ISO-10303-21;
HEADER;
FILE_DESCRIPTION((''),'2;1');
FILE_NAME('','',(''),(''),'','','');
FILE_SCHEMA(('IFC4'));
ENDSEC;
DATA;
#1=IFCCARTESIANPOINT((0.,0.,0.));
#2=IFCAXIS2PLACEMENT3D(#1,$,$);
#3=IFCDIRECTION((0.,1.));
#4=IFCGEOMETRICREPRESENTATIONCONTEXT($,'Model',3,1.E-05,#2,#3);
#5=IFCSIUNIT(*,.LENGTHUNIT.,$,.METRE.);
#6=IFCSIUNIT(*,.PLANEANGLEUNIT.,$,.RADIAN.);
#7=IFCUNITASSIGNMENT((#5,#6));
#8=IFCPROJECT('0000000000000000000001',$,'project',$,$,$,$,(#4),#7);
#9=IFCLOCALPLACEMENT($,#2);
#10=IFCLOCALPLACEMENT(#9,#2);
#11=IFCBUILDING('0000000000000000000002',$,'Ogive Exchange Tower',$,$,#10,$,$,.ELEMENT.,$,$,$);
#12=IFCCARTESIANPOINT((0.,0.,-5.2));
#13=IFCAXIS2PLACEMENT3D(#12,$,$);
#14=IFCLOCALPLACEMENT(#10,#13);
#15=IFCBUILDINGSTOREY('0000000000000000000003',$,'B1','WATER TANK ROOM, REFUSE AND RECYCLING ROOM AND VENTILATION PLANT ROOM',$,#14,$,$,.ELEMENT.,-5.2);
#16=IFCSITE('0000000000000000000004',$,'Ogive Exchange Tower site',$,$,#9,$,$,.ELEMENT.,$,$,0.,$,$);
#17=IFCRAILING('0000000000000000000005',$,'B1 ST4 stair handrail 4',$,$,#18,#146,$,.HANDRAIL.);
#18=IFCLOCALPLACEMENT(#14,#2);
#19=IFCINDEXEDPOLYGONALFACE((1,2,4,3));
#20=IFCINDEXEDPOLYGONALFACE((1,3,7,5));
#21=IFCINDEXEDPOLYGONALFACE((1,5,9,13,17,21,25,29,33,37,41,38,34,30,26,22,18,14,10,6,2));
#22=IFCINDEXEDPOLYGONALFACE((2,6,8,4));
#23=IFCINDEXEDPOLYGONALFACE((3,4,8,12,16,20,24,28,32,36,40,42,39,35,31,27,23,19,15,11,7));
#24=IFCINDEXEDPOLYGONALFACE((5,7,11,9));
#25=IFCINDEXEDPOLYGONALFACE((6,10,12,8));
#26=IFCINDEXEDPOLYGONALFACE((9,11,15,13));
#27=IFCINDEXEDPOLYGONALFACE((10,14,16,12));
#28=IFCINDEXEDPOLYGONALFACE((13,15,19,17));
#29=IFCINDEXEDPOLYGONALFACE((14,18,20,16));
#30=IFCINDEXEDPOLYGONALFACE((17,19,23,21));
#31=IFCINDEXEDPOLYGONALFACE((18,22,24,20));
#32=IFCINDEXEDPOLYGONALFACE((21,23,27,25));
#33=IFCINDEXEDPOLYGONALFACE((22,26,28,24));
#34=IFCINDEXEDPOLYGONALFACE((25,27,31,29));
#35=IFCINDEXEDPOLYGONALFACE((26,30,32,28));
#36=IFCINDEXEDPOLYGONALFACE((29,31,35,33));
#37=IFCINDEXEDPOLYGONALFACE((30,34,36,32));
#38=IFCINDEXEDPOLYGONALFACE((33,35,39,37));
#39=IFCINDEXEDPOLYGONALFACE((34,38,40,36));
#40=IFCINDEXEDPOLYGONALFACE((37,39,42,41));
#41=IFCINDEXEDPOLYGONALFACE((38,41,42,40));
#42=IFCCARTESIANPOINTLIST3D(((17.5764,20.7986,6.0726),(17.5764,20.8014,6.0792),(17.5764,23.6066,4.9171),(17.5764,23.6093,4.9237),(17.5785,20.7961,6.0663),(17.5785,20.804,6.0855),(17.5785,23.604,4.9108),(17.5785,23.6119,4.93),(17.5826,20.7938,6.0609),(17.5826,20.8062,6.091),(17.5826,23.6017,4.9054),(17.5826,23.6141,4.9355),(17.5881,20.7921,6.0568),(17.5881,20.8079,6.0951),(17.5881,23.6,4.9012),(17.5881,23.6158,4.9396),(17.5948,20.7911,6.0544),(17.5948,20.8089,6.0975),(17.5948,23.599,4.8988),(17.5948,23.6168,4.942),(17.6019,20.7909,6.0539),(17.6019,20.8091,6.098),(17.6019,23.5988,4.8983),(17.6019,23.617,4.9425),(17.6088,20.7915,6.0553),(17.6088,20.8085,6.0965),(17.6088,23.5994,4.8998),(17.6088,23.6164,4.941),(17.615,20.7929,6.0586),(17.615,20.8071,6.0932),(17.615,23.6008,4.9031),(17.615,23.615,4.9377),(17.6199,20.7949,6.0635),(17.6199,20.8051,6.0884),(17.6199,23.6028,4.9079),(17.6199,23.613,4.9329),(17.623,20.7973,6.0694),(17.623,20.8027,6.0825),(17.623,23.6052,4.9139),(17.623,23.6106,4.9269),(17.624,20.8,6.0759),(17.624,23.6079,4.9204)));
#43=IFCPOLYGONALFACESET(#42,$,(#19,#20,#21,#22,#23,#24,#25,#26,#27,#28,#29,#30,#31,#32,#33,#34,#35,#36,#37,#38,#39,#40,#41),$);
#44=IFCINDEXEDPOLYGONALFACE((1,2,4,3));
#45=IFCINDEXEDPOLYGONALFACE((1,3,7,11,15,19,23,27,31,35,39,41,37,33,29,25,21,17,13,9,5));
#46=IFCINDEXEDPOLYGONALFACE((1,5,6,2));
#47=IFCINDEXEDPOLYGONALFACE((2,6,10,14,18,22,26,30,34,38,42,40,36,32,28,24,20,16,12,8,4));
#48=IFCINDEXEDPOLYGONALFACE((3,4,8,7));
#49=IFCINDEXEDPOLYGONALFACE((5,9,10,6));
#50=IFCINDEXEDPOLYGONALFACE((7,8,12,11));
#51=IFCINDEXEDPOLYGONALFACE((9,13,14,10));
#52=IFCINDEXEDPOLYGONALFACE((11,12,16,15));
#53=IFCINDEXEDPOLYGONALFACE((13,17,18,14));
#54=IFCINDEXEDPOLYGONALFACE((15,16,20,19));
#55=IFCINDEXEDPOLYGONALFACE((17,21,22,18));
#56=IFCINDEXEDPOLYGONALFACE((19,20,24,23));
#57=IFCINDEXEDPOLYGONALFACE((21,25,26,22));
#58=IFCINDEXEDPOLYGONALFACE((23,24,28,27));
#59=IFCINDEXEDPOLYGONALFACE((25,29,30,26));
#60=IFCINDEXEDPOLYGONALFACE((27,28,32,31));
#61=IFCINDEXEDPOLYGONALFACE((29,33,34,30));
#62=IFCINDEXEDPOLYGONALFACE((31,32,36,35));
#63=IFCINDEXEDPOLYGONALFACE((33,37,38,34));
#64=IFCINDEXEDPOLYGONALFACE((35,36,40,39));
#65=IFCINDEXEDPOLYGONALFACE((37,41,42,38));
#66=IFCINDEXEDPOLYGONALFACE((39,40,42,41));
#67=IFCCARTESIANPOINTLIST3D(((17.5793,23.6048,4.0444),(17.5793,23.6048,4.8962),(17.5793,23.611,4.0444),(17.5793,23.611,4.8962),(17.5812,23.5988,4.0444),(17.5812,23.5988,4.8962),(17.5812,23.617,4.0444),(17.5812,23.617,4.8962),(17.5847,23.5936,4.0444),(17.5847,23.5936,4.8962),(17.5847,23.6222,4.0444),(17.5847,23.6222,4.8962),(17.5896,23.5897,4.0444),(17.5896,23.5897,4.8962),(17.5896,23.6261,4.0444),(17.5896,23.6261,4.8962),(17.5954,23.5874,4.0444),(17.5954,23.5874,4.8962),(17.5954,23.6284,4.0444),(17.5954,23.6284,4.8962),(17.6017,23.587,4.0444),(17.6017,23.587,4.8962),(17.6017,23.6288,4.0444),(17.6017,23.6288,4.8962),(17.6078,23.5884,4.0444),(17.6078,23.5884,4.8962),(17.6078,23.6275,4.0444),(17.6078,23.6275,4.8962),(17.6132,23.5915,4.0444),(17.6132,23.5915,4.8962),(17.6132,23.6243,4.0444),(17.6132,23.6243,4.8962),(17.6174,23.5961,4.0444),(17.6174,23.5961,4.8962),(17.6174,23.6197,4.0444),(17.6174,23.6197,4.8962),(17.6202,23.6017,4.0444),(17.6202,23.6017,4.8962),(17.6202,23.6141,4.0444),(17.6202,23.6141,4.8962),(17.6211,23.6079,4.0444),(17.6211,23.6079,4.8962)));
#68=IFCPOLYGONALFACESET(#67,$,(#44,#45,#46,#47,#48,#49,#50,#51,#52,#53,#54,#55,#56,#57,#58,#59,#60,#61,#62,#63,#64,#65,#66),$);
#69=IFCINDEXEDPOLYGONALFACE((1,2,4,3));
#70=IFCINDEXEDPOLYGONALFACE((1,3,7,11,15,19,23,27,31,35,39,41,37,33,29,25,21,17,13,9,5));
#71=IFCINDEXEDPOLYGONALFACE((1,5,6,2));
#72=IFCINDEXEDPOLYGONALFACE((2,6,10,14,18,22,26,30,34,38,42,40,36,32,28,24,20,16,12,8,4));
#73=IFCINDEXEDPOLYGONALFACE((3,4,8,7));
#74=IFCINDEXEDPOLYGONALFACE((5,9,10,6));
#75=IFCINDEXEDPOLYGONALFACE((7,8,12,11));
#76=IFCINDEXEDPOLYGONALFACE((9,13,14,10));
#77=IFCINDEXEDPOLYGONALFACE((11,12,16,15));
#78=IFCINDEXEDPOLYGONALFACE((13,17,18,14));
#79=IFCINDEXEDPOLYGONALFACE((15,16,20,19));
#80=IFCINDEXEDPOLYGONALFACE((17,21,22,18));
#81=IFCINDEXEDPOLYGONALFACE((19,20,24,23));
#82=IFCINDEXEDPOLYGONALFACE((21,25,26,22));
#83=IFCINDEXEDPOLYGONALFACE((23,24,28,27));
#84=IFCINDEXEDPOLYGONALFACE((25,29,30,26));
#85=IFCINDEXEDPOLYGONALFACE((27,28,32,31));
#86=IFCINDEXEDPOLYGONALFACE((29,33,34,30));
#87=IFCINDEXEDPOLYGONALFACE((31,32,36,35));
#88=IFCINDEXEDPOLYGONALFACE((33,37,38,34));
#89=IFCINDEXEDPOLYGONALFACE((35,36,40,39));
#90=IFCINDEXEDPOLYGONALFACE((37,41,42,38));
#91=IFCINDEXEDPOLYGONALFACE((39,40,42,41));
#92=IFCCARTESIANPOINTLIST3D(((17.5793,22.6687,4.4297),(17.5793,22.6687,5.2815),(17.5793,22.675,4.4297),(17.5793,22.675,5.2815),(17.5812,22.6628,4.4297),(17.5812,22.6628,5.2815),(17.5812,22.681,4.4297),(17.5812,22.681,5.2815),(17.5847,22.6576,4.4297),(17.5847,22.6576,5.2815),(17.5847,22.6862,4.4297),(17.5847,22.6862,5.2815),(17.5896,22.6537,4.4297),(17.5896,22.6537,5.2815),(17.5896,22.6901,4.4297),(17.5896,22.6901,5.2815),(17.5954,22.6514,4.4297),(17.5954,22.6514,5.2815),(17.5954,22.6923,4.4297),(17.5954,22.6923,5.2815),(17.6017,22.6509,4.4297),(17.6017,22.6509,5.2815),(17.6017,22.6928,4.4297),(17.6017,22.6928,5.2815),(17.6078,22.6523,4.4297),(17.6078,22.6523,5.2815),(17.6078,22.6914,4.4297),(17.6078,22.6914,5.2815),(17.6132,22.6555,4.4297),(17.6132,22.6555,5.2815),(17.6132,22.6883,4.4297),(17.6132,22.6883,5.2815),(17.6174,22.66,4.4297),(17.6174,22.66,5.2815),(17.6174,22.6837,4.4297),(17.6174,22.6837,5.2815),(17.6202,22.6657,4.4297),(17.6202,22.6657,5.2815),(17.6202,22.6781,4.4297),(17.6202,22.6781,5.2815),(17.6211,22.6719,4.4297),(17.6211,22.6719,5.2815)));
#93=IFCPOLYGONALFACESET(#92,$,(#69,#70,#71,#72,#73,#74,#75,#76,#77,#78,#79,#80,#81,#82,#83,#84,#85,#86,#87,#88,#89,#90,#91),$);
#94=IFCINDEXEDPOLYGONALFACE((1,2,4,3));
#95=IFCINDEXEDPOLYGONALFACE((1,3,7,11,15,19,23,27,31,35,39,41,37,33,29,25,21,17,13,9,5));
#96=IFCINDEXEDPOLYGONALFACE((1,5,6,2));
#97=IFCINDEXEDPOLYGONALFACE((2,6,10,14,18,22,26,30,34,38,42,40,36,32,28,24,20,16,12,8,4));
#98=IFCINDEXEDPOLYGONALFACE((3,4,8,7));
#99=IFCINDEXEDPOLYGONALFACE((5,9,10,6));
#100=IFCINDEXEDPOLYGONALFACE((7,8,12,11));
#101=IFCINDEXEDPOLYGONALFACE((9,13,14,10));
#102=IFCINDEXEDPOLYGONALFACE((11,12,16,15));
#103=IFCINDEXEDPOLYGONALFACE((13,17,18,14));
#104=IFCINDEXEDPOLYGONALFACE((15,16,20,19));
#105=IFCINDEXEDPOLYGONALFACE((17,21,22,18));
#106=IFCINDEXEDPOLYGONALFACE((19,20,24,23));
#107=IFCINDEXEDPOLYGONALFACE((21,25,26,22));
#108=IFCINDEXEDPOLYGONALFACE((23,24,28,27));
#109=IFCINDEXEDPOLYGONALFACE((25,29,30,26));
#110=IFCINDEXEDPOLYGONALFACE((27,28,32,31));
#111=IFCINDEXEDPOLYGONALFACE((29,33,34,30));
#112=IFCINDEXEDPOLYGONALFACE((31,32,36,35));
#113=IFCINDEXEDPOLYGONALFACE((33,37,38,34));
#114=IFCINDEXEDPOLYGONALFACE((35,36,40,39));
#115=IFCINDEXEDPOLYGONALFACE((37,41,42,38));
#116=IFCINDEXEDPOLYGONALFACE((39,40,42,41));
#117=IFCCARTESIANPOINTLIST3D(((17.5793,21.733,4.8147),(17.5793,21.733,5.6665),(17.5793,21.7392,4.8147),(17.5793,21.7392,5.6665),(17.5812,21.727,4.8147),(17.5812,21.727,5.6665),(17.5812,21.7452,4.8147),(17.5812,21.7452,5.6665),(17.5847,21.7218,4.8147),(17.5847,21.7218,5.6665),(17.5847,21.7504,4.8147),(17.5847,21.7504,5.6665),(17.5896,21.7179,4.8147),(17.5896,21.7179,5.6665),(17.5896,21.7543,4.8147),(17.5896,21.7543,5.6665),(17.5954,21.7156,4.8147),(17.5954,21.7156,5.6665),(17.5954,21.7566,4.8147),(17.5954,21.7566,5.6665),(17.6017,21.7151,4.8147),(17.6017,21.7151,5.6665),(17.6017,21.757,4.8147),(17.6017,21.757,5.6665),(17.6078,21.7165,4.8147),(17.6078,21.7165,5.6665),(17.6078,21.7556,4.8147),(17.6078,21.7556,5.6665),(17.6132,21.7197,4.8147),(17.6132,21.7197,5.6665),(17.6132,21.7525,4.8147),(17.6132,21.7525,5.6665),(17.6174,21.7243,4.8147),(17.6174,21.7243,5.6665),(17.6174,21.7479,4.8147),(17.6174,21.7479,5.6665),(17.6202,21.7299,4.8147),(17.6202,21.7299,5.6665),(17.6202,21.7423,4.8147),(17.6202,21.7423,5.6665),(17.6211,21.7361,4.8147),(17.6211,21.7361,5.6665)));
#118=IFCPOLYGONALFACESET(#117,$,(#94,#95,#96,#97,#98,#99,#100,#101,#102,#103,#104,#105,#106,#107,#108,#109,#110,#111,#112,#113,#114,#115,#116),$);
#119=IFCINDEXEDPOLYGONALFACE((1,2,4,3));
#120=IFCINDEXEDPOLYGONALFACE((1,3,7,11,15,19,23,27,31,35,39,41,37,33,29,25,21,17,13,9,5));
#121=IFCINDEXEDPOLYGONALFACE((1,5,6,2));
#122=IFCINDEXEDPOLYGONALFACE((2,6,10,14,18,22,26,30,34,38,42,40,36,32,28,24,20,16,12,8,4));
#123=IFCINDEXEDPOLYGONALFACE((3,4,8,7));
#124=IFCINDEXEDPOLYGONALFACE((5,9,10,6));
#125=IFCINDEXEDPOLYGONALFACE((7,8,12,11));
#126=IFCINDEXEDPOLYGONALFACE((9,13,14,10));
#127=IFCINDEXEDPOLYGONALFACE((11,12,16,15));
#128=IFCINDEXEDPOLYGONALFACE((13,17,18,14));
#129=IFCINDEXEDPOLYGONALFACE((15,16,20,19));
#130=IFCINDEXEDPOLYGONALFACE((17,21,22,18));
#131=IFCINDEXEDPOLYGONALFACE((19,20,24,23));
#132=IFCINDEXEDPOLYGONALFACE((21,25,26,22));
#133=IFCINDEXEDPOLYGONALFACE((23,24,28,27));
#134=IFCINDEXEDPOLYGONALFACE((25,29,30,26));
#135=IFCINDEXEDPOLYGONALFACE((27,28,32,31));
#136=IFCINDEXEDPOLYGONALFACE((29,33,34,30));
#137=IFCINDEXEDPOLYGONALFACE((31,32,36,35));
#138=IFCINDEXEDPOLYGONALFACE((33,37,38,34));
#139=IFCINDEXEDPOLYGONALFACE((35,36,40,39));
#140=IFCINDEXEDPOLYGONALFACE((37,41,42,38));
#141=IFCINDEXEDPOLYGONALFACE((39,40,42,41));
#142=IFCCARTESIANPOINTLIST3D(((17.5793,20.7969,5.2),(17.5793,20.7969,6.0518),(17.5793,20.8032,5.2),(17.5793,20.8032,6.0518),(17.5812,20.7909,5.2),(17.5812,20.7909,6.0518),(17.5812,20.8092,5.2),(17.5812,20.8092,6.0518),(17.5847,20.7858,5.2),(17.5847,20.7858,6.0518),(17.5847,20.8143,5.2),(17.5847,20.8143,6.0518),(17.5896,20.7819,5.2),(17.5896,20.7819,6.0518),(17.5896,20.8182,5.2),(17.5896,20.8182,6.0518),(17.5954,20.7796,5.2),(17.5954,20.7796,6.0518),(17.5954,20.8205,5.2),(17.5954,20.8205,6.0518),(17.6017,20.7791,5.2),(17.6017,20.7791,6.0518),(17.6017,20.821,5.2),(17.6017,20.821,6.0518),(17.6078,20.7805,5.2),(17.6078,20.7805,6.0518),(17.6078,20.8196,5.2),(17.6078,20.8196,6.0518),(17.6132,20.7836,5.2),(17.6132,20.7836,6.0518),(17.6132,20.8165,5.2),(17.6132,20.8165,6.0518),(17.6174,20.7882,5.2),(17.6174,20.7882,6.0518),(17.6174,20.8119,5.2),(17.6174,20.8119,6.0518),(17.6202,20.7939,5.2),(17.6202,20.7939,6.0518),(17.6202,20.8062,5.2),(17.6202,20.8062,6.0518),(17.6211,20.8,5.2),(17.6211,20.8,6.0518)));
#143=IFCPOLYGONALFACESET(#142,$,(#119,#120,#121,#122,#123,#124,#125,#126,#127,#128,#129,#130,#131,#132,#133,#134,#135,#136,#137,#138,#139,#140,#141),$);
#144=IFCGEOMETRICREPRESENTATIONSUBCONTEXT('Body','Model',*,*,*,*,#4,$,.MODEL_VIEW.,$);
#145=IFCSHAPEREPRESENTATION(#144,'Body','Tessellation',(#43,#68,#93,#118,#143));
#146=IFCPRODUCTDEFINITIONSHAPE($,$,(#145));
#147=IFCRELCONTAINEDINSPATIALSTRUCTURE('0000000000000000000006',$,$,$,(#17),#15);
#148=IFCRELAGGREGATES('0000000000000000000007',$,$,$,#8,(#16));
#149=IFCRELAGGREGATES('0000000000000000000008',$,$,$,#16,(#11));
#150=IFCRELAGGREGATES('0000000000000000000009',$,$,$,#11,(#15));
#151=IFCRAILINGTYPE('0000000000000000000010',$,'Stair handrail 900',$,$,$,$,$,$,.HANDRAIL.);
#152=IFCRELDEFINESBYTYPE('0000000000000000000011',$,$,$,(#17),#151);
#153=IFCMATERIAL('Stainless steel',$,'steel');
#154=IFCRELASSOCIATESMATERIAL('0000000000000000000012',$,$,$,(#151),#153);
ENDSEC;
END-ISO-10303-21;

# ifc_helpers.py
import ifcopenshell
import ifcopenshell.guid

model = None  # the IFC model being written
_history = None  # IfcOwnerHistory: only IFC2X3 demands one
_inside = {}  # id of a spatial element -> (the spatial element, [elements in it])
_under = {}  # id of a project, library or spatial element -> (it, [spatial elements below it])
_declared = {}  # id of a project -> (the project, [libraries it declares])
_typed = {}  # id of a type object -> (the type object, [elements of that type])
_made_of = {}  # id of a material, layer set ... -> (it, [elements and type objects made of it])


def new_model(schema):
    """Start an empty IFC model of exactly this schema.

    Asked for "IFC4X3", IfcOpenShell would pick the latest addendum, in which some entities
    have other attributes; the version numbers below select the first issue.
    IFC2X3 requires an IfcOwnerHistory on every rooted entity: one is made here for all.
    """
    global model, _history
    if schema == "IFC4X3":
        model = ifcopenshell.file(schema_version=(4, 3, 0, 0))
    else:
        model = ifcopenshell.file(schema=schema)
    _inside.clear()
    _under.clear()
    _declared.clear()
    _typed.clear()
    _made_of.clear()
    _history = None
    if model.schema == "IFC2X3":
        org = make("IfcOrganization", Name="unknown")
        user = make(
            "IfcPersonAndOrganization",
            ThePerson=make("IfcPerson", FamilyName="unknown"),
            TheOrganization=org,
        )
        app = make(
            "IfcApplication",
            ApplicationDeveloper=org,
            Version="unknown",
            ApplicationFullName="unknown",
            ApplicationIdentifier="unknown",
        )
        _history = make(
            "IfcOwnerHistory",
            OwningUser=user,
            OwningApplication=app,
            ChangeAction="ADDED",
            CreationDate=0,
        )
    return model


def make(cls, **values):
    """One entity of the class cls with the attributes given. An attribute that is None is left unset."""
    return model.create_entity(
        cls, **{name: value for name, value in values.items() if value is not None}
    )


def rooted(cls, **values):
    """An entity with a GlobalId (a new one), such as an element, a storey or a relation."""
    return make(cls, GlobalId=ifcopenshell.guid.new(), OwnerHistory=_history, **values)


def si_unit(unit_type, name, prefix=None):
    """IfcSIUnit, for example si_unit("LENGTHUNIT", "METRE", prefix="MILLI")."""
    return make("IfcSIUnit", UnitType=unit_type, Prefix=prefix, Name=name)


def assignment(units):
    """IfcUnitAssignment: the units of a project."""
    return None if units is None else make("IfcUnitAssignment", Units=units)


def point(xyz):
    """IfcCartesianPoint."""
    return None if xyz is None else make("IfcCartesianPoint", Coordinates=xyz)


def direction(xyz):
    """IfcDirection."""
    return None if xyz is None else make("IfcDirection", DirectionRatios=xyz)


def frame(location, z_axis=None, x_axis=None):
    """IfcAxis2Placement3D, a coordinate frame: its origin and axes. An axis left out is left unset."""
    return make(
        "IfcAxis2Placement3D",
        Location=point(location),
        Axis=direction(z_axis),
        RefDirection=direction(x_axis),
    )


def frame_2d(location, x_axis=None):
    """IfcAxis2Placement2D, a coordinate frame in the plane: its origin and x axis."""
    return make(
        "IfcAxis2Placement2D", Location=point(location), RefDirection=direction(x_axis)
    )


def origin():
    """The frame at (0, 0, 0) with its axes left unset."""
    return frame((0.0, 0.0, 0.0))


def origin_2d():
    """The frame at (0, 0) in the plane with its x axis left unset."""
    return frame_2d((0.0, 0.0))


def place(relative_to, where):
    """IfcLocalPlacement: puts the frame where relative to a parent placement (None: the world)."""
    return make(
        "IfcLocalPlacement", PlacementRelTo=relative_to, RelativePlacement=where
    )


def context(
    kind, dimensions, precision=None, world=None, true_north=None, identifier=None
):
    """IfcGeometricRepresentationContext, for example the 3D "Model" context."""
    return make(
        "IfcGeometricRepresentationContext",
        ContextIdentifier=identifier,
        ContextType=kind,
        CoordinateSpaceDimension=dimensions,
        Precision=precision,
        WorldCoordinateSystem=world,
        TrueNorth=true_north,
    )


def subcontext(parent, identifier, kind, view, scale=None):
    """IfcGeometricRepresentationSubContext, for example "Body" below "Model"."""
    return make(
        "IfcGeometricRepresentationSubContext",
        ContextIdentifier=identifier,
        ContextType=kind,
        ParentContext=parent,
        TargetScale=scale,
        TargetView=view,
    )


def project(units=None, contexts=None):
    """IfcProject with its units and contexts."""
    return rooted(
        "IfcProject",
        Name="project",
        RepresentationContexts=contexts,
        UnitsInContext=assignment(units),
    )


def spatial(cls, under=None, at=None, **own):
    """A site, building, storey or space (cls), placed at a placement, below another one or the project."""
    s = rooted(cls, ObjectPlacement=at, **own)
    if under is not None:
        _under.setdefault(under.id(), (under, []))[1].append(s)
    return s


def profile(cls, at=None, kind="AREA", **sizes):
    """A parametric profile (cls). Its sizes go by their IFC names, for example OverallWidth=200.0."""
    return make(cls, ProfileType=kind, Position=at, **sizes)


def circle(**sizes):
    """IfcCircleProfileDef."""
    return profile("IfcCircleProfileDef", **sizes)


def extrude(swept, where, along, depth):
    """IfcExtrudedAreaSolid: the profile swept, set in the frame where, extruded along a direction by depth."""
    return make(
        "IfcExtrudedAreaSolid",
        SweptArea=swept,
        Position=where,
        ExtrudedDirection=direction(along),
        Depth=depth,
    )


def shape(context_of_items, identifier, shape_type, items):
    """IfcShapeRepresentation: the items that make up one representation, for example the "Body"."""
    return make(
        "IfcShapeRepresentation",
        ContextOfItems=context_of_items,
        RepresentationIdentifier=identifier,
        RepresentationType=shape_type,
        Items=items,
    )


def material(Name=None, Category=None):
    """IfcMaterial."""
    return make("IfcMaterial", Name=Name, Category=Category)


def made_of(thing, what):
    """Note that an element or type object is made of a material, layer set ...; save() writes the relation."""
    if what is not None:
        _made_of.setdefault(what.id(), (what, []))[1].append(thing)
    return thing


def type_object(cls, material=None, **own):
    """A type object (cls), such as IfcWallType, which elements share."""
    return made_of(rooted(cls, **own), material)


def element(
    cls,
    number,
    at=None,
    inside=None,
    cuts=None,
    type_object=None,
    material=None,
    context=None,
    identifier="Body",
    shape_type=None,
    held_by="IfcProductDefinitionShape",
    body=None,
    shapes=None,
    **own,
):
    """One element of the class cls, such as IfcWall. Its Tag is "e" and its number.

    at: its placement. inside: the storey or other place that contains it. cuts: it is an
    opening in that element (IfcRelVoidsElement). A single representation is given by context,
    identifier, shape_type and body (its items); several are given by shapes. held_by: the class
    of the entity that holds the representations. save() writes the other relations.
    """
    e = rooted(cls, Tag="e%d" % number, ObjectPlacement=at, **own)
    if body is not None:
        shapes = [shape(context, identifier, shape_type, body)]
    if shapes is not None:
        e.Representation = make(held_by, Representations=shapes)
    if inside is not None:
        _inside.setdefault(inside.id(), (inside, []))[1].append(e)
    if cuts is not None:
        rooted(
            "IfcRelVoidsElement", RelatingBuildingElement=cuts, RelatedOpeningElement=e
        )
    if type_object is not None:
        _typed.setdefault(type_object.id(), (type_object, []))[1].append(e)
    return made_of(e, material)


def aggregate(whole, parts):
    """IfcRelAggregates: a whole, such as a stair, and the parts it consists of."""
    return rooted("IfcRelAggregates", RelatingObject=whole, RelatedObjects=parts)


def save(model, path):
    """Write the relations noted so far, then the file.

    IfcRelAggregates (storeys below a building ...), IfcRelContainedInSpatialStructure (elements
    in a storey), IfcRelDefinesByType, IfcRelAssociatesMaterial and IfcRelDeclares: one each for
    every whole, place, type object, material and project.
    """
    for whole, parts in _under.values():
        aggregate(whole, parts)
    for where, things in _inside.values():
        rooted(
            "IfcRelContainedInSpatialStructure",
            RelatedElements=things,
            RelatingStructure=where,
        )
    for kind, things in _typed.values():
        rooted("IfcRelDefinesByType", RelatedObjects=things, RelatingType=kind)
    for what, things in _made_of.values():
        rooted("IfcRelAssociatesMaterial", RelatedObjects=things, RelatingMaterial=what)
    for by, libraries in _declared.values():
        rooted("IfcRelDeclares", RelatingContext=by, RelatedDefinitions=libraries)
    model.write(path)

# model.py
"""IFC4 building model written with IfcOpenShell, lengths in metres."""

from ifc_helpers import new_model, si_unit, direction, frame, origin, origin_2d, place, context, subcontext, project, spatial, circle, extrude, material, type_object, element, save


model = new_model("IFC4")

# Units and contexts
model_context = context("Model", 3, precision=1e-05, world=origin(), true_north=direction((0.0, 1.0)))
body_context = subcontext(model_context, "Body", "Model", "MODEL_VIEW")
ifc_project = project(units=[si_unit("LENGTHUNIT", "METRE"), si_unit("PLANEANGLEUNIT", "RADIAN")], contexts=[model_context])

# Site, building, storey
site_placement = place(None, origin())
site = spatial("IfcSite", under=ifc_project, at=site_placement, Name="Ogive Exchange Tower site", CompositionType="ELEMENT", RefElevation=0.0)
building_placement = place(site_placement, origin())
building = spatial("IfcBuilding", under=site, at=building_placement, Name="Ogive Exchange Tower", CompositionType="ELEMENT")
storey_placement = place(building_placement, frame((0.0, 0.0, -5.2)))
storey = spatial("IfcBuildingStorey", under=building, at=storey_placement, Name="B1", Description="WATER TANK ROOM, REFUSE AND RECYCLING ROOM AND VENTILATION PLANT ROOM", CompositionType="ELEMENT", Elevation=-5.2)

# Railing
ifc_material_1 = material(Name="Stainless steel", Category="steel")
railing_type = type_object("IfcRailingType", Name="Stair handrail 900", PredefinedType="HANDRAIL", material=ifc_material_1)
for number, where, name in (
    (1, (17.6001, 23.6079, 4.0444), "B1 ST4 stair handrail 4"),
):
    element("IfcRailing", number, at=place(storey_placement, frame(where)), inside=storey, type_object=railing_type, Name=name, PredefinedType="HANDRAIL", context=body_context, shape_type="SweptSolid", body=[
        extrude(circle(Radius=0.0239, at=origin_2d()), frame((0.0, 0.0, 0.876), z_axis=(0.0, -0.924755, 0.380564), x_axis=(1.0, 0.0, 0.0)), (0.0, 0.0, 1.0), 3.0364),
        extrude(circle(Radius=0.021, at=origin_2d()), origin(), (0.0, 0.0, 1.0), 0.8518),
        extrude(circle(Radius=0.021, at=origin_2d()), frame((0.0, -0.936, 0.3853)), (0.0, 0.0, 1.0), 0.8518),
        extrude(circle(Radius=0.021, at=origin_2d()), frame((0.0, -1.8718, 0.7703)), (0.0, 0.0, 1.0), 0.8518),
        extrude(circle(Radius=0.021, at=origin_2d()), frame((0.0, -2.8079, 1.1555)), (0.0, 0.0, 1.0), 0.8518),
    ])

save(model, "model.ifc")
